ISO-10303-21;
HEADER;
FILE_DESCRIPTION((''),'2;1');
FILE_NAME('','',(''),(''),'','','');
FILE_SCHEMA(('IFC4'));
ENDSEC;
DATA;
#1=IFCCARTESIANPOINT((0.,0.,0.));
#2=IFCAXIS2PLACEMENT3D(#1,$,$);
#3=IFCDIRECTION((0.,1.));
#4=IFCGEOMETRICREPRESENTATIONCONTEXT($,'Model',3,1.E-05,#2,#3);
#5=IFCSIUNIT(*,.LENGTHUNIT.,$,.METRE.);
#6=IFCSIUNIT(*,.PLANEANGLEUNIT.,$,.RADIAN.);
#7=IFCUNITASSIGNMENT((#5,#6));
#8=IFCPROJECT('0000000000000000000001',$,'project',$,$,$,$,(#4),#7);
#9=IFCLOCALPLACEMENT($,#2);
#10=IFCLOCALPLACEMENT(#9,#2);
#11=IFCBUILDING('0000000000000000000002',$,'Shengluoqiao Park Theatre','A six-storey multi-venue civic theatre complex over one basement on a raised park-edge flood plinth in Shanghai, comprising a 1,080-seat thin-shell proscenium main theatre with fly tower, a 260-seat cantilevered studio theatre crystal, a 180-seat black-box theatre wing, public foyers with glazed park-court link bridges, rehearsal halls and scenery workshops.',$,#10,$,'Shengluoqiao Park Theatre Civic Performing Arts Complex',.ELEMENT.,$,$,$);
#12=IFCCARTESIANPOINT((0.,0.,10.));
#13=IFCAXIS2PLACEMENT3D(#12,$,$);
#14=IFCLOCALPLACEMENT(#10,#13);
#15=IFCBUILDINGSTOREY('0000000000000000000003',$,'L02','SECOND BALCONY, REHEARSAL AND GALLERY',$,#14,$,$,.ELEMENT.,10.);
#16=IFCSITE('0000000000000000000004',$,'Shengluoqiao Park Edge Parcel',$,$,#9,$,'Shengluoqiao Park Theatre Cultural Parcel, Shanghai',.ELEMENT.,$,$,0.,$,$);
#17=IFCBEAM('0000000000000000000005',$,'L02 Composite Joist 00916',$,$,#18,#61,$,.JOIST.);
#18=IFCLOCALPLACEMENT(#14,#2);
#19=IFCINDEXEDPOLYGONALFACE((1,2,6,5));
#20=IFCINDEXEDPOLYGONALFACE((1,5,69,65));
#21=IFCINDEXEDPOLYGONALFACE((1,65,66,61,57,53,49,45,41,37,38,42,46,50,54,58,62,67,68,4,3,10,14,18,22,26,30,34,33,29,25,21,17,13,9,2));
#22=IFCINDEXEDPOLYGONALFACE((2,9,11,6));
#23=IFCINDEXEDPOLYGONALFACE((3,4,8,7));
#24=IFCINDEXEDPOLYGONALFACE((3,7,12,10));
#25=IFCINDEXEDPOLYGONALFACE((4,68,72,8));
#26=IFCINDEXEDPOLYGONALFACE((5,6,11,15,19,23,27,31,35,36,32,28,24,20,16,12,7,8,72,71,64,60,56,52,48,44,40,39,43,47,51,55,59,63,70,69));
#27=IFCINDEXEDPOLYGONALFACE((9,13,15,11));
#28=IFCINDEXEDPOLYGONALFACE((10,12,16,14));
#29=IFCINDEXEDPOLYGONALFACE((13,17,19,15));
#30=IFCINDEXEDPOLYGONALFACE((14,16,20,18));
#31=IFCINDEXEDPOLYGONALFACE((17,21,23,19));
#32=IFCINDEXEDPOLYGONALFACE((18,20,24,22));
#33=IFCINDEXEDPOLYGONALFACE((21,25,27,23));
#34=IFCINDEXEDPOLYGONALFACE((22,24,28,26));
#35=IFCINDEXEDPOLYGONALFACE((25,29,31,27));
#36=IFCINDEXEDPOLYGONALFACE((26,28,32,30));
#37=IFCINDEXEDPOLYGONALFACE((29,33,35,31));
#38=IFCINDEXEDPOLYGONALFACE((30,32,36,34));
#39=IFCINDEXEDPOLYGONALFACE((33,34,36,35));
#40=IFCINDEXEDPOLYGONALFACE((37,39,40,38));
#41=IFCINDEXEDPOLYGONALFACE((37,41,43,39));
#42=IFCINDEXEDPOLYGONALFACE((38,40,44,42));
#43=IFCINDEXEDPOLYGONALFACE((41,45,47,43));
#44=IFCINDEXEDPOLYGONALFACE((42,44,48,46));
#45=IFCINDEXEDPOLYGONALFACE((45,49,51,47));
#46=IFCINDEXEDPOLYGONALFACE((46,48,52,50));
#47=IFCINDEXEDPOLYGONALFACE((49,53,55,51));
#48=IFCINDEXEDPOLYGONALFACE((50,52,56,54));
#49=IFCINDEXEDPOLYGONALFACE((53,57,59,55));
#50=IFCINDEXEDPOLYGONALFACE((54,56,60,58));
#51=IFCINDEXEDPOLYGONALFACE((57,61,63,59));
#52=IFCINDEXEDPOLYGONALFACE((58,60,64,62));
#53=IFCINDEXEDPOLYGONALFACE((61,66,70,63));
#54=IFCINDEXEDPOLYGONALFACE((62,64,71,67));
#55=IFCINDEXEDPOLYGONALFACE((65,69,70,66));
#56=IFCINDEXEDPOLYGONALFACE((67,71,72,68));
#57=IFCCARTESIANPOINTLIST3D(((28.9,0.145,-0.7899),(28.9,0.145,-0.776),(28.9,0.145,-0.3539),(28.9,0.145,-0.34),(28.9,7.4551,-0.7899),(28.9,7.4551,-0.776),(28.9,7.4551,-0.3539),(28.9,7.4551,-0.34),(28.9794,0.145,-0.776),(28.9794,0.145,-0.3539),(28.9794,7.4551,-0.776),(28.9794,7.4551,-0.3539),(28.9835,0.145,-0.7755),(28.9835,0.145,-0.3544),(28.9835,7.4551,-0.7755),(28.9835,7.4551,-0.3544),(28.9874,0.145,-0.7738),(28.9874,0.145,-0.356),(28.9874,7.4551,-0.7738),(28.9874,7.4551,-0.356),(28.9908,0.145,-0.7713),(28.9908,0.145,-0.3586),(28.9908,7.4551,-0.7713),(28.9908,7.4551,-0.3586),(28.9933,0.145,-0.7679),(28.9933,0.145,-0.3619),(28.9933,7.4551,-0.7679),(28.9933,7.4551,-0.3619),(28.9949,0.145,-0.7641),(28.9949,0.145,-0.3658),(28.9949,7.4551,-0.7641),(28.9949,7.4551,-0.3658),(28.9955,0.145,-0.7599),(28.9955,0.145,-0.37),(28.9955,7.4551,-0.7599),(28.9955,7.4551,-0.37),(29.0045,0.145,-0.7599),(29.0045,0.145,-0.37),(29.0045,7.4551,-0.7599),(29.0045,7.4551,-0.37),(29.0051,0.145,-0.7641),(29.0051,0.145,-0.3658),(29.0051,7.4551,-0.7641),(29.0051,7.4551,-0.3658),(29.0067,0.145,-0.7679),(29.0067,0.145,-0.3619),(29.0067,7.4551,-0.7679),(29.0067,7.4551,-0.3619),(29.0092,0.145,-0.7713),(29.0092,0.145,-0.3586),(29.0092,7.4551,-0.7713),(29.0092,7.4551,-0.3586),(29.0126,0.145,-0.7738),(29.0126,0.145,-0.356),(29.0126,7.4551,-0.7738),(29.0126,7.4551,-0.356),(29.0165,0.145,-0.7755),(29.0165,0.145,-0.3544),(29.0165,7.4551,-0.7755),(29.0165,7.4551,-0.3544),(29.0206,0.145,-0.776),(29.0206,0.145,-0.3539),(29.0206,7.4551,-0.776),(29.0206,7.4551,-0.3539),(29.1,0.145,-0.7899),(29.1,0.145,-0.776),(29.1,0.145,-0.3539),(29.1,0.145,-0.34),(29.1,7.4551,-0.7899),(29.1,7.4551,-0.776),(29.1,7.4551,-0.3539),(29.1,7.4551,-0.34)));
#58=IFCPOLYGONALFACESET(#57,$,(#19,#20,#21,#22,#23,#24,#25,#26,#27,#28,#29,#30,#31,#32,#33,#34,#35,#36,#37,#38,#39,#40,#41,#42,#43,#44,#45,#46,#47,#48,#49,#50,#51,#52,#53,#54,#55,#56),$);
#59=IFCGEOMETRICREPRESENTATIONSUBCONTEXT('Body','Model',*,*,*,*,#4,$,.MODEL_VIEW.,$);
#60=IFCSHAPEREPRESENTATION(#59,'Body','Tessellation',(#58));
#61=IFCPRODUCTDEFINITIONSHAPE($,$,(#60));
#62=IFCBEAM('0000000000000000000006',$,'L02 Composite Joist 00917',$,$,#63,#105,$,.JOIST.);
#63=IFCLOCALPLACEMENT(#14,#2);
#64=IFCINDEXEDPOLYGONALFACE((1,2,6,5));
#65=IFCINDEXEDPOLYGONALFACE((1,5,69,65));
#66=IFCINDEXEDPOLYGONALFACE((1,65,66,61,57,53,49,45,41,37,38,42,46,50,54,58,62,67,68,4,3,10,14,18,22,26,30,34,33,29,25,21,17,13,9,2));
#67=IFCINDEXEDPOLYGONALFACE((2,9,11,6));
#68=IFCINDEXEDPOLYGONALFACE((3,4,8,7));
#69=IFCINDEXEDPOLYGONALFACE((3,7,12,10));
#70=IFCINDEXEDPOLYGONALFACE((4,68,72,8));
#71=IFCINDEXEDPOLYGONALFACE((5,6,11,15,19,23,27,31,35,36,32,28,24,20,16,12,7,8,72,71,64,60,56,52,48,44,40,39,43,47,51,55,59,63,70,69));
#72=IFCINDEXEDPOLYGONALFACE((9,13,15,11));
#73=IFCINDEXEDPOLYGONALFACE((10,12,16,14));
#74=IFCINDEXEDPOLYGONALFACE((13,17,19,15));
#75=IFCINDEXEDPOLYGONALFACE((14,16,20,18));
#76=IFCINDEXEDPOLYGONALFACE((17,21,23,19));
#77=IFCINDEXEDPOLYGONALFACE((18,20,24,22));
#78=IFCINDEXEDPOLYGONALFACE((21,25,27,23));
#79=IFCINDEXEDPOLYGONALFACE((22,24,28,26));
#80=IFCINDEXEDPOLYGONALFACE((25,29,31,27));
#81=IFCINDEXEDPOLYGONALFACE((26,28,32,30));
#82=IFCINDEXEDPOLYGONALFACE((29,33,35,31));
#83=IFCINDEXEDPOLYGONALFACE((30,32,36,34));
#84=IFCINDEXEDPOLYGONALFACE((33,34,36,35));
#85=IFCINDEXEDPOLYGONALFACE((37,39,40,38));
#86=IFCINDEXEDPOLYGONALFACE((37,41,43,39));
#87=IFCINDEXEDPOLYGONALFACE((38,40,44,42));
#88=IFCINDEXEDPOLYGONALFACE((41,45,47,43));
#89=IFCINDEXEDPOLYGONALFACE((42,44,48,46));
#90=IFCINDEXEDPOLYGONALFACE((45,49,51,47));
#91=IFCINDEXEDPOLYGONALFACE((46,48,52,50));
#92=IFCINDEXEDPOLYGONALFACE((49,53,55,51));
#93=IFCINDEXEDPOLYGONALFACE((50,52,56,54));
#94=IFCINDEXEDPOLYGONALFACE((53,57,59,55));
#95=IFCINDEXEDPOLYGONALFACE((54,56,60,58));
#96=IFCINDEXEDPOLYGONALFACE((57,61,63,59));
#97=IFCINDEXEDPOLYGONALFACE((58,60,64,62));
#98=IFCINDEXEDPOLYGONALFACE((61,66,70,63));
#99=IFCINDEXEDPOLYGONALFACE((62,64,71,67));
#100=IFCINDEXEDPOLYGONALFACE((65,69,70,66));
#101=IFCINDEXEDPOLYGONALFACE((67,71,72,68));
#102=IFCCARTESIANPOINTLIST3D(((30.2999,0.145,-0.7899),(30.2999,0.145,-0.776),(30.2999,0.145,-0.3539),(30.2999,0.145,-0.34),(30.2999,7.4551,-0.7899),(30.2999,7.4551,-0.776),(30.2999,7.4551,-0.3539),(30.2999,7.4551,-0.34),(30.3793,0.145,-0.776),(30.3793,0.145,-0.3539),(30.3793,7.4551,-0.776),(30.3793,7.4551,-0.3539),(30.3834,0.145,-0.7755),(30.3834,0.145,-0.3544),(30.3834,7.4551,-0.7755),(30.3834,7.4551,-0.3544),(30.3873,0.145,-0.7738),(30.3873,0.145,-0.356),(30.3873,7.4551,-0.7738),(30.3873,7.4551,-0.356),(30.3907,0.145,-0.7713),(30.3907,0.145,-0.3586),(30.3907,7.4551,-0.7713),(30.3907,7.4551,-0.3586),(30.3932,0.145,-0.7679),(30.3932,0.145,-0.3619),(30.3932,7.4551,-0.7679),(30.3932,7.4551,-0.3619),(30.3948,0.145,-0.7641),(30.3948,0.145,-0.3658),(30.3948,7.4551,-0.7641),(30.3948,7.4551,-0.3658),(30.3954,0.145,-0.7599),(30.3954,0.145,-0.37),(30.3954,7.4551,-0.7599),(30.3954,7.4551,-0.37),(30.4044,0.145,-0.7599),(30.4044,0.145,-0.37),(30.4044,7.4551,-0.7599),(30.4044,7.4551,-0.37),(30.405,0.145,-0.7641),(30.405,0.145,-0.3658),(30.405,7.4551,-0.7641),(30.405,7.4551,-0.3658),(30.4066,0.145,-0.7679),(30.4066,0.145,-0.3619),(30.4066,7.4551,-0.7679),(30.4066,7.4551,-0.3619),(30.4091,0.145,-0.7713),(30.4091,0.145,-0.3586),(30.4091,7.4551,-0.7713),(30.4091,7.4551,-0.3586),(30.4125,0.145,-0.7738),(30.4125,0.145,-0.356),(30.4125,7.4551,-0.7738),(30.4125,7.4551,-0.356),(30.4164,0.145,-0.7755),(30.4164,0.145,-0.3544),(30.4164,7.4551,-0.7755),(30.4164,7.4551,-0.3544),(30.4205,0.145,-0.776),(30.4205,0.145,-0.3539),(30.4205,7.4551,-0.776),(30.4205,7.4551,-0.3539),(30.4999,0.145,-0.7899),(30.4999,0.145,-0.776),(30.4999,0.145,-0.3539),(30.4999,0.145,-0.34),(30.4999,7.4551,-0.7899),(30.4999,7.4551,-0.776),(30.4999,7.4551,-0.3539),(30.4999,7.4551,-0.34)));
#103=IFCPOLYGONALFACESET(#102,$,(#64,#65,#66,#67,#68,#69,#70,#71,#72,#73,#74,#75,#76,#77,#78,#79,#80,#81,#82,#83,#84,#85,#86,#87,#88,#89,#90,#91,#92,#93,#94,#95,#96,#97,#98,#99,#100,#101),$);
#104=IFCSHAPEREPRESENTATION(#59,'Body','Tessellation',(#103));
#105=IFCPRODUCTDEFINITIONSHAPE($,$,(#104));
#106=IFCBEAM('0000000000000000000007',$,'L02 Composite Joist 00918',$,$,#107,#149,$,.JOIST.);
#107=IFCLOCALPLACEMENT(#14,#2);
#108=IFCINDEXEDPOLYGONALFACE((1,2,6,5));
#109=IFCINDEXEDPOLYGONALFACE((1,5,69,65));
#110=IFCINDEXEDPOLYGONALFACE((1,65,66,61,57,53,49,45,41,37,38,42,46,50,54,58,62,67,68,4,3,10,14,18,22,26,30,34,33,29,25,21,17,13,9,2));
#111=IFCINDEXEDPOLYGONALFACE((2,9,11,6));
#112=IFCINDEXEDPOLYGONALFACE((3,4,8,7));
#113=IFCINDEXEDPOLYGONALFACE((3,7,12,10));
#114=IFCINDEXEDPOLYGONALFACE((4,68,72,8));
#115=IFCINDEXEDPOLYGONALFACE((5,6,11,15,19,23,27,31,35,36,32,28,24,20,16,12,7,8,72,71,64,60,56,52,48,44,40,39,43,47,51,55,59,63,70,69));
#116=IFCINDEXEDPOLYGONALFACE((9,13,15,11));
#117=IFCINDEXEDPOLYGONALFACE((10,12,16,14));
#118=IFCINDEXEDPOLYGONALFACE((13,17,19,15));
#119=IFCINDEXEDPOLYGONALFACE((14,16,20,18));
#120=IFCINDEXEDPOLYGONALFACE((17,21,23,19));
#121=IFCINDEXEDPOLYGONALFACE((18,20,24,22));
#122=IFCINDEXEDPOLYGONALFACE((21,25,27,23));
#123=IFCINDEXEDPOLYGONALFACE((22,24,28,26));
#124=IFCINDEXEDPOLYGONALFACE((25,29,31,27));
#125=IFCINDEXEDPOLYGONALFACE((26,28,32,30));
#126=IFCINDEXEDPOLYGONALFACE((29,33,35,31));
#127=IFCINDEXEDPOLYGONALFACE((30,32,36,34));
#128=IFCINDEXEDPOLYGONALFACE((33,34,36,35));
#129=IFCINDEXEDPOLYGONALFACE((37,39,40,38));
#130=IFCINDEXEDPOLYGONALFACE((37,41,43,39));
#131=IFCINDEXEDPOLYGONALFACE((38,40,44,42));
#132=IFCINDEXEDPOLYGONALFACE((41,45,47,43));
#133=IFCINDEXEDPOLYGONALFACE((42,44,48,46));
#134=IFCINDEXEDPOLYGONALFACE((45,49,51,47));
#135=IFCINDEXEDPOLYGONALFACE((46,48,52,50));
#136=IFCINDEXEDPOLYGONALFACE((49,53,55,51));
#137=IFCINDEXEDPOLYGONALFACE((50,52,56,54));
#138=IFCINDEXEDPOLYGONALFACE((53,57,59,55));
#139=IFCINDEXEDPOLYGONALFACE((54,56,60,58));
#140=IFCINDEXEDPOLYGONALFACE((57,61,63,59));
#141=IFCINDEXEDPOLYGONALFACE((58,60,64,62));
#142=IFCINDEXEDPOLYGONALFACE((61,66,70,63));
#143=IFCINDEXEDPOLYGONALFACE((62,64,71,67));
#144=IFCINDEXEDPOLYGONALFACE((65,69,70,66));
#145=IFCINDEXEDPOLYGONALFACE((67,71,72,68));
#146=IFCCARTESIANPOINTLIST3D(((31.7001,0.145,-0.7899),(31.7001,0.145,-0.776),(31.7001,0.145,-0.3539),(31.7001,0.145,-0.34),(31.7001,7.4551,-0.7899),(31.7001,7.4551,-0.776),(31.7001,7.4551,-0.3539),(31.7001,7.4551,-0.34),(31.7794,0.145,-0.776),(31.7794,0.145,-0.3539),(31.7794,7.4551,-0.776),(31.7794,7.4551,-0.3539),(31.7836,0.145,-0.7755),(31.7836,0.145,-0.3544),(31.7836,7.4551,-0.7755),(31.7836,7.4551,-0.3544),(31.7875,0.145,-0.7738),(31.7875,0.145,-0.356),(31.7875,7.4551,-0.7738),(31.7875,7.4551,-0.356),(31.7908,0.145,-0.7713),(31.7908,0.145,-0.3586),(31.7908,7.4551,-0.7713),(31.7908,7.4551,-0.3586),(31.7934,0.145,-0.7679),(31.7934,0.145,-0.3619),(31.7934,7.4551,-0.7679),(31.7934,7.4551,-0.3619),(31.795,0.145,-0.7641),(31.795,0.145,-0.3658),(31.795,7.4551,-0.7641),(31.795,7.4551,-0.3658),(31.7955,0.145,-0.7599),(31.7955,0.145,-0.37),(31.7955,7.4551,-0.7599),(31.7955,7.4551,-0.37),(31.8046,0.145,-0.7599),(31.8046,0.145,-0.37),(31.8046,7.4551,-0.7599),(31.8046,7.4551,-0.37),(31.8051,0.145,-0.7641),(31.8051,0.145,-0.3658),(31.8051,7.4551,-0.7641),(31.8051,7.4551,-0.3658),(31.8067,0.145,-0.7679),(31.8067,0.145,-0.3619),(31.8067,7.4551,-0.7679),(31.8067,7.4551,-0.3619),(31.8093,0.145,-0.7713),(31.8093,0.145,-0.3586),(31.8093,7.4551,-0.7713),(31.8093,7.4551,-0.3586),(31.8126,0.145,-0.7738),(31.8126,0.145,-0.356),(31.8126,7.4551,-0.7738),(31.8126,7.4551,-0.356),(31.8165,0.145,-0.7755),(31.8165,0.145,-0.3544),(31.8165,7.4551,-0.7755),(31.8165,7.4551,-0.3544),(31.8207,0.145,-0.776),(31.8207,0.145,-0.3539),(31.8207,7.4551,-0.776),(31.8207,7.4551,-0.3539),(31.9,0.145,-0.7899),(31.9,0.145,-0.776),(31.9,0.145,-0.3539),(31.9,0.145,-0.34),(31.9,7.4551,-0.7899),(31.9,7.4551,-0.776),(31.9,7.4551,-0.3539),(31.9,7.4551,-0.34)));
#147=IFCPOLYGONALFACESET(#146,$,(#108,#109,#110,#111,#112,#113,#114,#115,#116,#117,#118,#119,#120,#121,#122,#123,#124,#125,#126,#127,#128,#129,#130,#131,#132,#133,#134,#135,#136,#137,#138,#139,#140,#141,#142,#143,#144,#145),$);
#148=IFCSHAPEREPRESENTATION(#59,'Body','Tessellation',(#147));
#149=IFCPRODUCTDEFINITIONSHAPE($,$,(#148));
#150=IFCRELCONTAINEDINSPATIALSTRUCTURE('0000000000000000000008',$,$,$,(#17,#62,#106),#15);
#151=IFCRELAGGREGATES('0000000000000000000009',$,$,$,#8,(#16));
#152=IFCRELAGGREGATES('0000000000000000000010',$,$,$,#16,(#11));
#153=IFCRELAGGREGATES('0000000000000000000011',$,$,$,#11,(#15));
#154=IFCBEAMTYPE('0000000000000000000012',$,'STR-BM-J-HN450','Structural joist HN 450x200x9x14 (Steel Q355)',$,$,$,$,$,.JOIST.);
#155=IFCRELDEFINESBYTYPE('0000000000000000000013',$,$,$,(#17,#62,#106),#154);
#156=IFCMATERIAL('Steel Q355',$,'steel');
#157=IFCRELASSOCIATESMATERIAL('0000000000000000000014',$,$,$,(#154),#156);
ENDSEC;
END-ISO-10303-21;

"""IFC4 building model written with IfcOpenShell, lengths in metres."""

from ifc_helpers import new_model, si_unit, direction, frame, origin, origin_2d, place, context, subcontext, project, spatial, i_section, extrude, material, material_profile, profile_set, type_object, element, save


model = new_model("IFC4")

# Units and contexts
model_context = context("Model", 3, precision=1e-05, world=origin(), true_north=direction((0.0, 1.0)))
body_context = subcontext(model_context, "Body", "Model", "MODEL_VIEW")
ifc_project = project(units=[si_unit("LENGTHUNIT", "METRE"), si_unit("PLANEANGLEUNIT", "RADIAN")], contexts=[model_context])

# Site, building, storey
site_placement = place(None, origin())
site = spatial("IfcSite", under=ifc_project, at=site_placement, Name="Shengluoqiao Park Edge Parcel", LongName="Shengluoqiao Park Theatre Cultural Parcel, Shanghai", CompositionType="ELEMENT", RefElevation=0.0)
building_placement = place(site_placement, origin())
building = spatial("IfcBuilding", under=site, at=building_placement, Name="Shengluoqiao Park Theatre", Description="A six-storey multi-venue civic theatre complex over one basement on a raised park-edge flood plinth in Shanghai, comprising a 1,080-seat thin-shell proscenium main theatre with fly tower, a 260-seat cantilevered studio theatre crystal, a 180-seat black-box theatre wing, public foyers with glazed park-court link bridges, rehearsal halls and scenery workshops.", LongName="Shengluoqiao Park Theatre Civic Performing Arts Complex", CompositionType="ELEMENT")
storey_placement = place(building_placement, frame((0.0, 0.0, 10.0)))
storey = spatial("IfcBuildingStorey", under=building, at=storey_placement, Name="L02", Description="SECOND BALCONY, REHEARSAL AND GALLERY", CompositionType="ELEMENT", Elevation=10.0)

# Shared definitions
ifc_material_1 = material(Name="Steel Q355", Category="steel")

# Beams
ifc_material_profile_1 = material_profile(ifc_material_1, i_section(OverallWidth=0.2, OverallDepth=0.45, WebThickness=0.009, FlangeThickness=0.0139, FilletRadius=0.0161, at=origin_2d()), Name="HN 450x200x9x14")
ifc_profile_set_1 = profile_set([ifc_material_profile_1], Name="Steel Q355")
beam_type_1 = type_object("IfcBeamType", Name="STR-BM-J-HN450", Description="Structural joist HN 450x200x9x14 (Steel Q355)", PredefinedType="JOIST", material=ifc_profile_set_1)
for number, where, z_axis, x_axis, name in (
    (1, (29.0, 0.145, -0.5649), (0.0, 1.0, 0.0), (-1.0, 0.0, 0.0), "L02 Composite Joist 00916"),
    (2, (30.3999, 0.145, -0.5649), (0.0, 1.0, 0.0), (-1.0, 0.0, 0.0), "L02 Composite Joist 00917"),
    (3, (31.8, 0.145, -0.5649), (0.0, 1.0, 0.0), (-1.0, 0.0, 0.0), "L02 Composite Joist 00918"),
):
    element("IfcBeam", number, at=place(storey_placement, frame(where, z_axis=z_axis, x_axis=x_axis)), inside=storey, type_object=beam_type_1, Name=name, PredefinedType="JOIST", context=body_context, shape_type="SweptSolid", body=[
        extrude(i_section(OverallWidth=0.2, OverallDepth=0.45, WebThickness=0.009, FlangeThickness=0.0139, FilletRadius=0.0161, at=origin_2d()), origin(), (0.0, 0.0, 1.0), 7.3101),
    ])

save(model, "model.ifc")
